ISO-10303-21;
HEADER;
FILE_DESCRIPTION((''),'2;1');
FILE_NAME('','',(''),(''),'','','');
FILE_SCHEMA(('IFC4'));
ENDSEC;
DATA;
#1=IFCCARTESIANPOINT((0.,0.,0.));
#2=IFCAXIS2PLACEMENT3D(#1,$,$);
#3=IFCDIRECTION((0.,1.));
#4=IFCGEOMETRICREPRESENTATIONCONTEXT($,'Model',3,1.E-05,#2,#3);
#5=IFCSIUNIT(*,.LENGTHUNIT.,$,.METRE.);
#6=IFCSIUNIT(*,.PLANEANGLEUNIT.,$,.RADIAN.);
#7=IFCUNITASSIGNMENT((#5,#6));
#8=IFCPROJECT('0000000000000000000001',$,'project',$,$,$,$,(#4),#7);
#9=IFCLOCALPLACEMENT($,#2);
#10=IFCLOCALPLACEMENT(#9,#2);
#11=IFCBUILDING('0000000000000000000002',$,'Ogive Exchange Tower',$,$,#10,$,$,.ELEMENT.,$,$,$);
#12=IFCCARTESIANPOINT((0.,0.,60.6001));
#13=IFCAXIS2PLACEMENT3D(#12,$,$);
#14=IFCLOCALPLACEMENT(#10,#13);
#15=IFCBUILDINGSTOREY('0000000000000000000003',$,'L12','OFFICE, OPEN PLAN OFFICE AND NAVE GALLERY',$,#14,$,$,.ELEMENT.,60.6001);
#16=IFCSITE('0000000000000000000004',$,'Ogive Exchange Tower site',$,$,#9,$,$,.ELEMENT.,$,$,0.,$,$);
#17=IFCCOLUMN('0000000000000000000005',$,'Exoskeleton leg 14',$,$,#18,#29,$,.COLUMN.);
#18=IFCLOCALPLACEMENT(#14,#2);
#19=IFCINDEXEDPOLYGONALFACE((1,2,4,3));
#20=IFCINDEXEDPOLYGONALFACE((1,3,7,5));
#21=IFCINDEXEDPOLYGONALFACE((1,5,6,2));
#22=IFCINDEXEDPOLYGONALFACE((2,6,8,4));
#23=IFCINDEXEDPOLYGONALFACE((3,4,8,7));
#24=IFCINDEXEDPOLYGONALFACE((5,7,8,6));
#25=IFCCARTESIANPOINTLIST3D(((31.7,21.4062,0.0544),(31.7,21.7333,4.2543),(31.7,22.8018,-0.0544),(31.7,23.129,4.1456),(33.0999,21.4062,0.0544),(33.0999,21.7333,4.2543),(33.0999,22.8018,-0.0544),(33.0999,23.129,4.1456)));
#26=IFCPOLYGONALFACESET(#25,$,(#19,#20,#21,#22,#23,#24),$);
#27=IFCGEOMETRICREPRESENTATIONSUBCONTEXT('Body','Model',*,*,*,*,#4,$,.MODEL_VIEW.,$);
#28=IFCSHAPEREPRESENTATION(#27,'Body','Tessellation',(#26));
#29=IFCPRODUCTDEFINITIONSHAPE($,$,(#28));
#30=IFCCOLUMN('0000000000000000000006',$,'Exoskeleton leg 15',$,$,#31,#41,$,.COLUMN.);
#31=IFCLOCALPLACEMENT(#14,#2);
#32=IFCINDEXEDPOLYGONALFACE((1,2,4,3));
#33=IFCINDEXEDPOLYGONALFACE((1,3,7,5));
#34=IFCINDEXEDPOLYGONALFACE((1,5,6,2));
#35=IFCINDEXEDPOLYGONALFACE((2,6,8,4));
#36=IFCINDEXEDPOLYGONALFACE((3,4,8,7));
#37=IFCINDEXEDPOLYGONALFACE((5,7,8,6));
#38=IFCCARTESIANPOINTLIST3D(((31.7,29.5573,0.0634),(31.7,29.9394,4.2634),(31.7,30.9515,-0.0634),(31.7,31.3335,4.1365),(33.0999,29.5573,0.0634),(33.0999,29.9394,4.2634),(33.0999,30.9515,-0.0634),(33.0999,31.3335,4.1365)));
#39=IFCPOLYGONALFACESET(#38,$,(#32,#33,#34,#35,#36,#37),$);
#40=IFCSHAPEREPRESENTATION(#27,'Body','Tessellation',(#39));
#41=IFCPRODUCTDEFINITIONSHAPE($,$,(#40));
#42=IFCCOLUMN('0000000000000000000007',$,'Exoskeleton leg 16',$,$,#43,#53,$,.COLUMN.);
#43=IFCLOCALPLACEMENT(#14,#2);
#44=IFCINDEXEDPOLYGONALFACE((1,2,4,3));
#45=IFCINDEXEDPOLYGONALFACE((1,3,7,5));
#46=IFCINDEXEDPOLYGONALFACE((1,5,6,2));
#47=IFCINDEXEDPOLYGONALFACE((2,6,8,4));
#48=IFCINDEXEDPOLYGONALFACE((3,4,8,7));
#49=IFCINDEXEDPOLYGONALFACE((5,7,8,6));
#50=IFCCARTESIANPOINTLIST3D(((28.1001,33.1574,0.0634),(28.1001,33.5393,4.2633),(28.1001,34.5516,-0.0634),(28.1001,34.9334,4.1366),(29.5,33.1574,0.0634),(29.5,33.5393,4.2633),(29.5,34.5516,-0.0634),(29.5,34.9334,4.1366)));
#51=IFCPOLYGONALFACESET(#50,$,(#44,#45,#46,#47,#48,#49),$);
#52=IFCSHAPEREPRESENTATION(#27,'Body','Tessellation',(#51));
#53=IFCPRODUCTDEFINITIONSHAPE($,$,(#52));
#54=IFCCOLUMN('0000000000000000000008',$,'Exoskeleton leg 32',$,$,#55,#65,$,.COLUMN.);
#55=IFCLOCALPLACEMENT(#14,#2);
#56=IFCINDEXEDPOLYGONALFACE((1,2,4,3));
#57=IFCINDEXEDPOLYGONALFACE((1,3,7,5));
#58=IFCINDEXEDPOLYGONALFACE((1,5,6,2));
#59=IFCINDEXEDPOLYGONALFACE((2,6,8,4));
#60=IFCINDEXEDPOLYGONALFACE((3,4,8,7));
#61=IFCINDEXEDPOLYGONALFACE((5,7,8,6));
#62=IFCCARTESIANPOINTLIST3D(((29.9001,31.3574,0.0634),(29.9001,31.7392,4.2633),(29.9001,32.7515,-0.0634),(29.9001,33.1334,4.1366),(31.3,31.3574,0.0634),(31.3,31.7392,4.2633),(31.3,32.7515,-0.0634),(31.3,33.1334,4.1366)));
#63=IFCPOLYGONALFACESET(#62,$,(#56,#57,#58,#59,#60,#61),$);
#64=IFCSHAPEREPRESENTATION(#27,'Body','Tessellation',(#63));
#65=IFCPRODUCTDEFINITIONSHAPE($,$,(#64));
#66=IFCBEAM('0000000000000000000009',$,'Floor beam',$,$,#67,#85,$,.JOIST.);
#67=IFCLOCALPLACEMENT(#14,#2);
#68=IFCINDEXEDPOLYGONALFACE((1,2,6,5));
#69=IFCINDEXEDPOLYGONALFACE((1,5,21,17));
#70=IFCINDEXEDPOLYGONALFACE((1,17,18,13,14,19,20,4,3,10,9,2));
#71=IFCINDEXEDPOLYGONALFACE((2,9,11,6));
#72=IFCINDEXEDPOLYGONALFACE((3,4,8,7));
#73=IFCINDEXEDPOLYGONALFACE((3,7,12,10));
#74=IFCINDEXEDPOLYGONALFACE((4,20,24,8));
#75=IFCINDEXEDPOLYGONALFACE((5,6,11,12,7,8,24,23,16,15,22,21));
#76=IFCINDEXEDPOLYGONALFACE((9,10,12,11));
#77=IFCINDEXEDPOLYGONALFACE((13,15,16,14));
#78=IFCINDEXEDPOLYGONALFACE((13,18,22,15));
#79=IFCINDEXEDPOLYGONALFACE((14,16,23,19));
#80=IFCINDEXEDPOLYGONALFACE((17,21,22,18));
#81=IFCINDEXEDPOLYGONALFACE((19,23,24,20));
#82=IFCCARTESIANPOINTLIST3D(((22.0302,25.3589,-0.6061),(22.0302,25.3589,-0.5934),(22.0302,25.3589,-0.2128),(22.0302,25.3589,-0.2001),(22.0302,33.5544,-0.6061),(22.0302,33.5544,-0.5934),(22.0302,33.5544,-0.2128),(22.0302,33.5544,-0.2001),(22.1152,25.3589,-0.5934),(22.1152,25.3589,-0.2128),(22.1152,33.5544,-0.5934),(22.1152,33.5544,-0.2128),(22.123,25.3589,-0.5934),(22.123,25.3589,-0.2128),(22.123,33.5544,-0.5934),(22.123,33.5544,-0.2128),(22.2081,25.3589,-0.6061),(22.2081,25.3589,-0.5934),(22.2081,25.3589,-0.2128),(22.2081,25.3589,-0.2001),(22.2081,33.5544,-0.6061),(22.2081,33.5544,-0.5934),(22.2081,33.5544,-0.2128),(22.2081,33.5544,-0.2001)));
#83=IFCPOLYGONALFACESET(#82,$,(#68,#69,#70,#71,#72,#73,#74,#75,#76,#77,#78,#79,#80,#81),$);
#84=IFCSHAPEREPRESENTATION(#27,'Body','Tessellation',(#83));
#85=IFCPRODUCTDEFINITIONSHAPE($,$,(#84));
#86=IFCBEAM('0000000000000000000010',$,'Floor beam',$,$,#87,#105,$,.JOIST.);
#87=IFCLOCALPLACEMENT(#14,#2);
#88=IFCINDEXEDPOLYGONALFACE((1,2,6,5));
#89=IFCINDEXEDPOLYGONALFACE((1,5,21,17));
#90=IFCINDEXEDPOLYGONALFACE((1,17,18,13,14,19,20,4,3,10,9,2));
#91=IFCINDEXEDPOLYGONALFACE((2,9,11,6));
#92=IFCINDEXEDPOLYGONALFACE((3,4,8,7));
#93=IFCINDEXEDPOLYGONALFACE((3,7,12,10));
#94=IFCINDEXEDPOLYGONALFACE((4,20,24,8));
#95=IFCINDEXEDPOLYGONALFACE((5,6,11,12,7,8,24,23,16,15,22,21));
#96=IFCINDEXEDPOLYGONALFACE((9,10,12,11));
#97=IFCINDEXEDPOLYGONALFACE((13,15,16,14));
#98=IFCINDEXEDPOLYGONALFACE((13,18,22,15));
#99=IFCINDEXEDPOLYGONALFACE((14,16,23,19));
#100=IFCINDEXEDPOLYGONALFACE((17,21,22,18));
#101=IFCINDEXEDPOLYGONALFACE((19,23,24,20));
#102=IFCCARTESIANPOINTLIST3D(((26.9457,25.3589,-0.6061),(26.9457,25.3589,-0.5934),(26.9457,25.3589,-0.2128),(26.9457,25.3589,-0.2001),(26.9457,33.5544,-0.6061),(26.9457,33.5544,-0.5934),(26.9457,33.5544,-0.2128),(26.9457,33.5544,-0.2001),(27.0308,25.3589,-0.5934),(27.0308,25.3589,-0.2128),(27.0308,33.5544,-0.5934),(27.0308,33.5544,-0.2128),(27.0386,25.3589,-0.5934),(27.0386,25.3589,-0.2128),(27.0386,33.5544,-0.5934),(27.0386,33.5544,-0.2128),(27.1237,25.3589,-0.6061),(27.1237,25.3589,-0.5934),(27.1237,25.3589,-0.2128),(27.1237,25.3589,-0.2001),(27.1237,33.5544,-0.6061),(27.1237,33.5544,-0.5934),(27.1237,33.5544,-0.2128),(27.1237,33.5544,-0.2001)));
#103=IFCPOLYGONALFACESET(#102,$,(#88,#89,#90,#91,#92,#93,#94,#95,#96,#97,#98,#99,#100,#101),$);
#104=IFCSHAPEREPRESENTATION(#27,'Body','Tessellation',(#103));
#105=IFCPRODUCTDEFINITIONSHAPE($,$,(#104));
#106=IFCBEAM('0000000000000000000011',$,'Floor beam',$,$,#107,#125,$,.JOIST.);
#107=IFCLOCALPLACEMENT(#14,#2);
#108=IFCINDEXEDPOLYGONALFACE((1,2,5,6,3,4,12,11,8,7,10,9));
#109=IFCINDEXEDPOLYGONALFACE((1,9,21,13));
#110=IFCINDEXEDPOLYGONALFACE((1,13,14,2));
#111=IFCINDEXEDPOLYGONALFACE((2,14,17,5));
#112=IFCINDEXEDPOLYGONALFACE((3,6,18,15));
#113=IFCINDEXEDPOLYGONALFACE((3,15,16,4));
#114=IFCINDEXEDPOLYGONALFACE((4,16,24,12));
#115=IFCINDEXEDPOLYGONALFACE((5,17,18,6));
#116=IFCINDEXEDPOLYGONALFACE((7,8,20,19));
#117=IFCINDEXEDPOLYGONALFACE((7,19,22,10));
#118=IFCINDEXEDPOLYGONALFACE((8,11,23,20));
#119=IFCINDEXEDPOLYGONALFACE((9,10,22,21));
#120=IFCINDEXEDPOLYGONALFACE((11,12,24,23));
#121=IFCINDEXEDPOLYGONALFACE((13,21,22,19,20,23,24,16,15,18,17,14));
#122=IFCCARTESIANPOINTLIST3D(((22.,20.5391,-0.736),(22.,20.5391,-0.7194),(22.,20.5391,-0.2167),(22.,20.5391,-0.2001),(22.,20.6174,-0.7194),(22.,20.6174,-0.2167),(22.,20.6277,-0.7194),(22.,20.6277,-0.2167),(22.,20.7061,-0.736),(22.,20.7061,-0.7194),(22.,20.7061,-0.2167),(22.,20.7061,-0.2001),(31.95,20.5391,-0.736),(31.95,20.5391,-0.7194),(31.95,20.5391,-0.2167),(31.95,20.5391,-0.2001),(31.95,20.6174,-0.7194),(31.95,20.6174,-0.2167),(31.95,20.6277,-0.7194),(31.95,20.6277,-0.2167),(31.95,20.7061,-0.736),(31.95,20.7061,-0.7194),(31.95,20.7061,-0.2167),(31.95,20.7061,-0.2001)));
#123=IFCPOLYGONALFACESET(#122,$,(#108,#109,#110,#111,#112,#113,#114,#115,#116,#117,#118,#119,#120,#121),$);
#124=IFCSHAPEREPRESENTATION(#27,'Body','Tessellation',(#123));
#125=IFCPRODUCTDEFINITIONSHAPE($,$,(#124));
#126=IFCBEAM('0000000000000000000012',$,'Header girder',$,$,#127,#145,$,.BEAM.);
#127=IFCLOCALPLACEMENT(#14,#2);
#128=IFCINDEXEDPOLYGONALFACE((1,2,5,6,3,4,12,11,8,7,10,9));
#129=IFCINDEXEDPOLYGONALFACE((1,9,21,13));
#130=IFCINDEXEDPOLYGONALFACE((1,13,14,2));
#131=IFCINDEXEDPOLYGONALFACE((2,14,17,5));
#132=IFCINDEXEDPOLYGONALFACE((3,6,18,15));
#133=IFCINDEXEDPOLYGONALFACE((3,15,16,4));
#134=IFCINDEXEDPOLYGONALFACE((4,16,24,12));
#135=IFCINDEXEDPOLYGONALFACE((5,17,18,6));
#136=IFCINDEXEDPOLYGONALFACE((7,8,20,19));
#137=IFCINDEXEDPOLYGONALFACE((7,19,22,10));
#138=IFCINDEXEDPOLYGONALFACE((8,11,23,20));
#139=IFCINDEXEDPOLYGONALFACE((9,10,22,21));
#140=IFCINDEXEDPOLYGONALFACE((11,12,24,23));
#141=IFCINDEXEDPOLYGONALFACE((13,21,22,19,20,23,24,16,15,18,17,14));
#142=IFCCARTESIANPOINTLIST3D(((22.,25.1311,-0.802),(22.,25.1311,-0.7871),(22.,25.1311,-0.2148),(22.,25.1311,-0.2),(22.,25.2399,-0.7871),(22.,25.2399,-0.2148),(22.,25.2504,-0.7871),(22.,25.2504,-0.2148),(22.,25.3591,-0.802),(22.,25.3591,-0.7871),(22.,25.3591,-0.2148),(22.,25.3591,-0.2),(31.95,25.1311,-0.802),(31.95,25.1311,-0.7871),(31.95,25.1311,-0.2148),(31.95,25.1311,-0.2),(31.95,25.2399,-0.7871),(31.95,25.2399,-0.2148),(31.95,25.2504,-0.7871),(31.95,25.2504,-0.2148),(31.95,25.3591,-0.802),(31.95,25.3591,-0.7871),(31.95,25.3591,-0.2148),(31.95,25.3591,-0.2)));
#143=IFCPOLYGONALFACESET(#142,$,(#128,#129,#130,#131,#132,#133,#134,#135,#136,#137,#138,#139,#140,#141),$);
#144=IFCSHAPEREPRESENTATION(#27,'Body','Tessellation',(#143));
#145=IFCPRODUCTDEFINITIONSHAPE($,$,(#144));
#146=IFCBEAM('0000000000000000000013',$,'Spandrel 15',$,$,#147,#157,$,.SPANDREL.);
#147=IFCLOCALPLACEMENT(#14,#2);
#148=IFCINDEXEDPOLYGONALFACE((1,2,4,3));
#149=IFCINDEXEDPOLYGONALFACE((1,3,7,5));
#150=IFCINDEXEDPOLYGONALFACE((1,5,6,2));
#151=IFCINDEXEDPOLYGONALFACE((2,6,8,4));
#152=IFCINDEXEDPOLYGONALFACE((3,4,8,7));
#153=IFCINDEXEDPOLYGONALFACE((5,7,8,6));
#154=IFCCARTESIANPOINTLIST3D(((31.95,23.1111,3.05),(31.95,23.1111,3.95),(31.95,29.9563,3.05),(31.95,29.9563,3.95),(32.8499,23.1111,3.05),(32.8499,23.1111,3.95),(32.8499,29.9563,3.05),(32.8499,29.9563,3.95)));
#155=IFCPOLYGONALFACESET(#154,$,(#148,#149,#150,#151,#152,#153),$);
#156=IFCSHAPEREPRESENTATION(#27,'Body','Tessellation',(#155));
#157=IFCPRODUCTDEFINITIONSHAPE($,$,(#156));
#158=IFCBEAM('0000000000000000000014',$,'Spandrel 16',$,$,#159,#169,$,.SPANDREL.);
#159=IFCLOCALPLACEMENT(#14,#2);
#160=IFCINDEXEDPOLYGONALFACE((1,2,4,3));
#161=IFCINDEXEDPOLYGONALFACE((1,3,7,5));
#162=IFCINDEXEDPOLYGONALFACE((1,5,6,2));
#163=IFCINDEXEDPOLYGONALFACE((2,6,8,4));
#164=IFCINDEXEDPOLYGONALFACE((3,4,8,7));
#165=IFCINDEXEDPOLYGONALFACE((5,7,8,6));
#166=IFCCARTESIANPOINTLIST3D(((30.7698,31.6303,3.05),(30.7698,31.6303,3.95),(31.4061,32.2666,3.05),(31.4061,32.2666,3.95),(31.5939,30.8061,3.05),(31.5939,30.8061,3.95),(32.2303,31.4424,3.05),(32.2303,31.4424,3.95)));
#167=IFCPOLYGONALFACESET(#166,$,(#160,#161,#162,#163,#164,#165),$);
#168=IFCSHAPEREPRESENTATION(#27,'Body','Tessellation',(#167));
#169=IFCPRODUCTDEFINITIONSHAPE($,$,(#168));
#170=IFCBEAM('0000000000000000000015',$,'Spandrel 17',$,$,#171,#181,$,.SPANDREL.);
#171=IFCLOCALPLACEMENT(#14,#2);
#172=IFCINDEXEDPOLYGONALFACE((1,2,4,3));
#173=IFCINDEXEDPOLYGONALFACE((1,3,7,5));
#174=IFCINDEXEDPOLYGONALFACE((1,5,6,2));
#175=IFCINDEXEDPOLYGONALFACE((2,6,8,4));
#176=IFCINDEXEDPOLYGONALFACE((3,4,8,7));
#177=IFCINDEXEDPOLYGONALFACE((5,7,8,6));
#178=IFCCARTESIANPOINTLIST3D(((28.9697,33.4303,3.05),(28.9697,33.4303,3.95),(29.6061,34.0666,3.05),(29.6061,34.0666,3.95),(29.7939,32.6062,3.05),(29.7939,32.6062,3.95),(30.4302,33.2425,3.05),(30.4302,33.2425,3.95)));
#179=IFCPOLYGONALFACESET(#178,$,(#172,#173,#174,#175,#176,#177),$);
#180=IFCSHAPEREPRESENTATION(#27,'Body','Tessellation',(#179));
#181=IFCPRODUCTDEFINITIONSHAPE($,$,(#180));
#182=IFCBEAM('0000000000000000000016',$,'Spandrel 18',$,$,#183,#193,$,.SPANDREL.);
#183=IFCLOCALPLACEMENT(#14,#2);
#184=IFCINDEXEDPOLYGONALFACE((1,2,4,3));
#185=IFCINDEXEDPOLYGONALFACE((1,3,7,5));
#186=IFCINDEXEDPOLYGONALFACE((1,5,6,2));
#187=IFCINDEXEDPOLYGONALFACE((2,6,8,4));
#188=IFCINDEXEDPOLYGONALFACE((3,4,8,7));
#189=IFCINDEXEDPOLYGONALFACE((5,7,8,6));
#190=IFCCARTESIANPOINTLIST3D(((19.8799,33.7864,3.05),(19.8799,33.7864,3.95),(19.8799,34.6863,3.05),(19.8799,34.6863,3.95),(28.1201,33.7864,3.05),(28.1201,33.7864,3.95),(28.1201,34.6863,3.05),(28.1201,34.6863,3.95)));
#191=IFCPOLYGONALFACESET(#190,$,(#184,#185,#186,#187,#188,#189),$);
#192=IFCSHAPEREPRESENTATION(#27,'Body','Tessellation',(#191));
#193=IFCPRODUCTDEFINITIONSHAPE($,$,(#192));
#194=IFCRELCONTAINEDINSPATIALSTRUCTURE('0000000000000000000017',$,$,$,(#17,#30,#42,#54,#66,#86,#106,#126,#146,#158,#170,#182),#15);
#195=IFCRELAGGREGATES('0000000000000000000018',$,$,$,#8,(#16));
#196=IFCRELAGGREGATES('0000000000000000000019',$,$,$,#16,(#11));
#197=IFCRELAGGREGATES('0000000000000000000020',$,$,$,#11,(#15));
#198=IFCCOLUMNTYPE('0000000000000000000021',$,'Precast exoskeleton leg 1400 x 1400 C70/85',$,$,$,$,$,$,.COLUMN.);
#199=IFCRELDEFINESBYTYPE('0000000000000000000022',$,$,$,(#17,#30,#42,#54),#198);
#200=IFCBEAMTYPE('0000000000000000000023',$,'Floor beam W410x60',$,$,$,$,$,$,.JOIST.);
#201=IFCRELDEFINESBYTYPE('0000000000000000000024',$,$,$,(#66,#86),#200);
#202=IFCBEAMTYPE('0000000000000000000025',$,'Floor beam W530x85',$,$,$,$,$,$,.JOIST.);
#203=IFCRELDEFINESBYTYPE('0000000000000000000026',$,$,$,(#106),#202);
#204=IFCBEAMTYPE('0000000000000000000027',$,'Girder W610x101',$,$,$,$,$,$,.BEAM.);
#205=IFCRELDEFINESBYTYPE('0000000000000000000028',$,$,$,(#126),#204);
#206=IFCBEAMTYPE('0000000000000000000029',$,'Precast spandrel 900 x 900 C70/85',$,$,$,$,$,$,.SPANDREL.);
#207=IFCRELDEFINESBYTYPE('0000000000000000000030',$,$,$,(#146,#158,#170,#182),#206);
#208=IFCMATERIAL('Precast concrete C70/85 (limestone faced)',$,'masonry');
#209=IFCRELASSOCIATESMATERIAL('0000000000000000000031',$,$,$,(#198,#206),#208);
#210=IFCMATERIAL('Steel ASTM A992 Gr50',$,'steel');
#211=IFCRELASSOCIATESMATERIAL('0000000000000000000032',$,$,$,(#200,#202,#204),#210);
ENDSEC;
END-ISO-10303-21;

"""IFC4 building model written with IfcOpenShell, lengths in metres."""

from ifc_helpers import new_model, si_unit, direction, frame, origin, origin_2d, place, context, subcontext, project, spatial, rectangle, i_section, extrude, material, material_profile, profile_set, type_object, element, save


model = new_model("IFC4")

# Units and contexts
model_context = context("Model", 3, precision=1e-05, world=origin(), true_north=direction((0.0, 1.0)))
body_context = subcontext(model_context, "Body", "Model", "MODEL_VIEW")
ifc_project = project(units=[si_unit("LENGTHUNIT", "METRE"), si_unit("PLANEANGLEUNIT", "RADIAN")], contexts=[model_context])

# Site, building, storey
site_placement = place(None, origin())
site = spatial("IfcSite", under=ifc_project, at=site_placement, Name="Ogive Exchange Tower site", CompositionType="ELEMENT", RefElevation=0.0)
building_placement = place(site_placement, origin())
building = spatial("IfcBuilding", under=site, at=building_placement, Name="Ogive Exchange Tower", CompositionType="ELEMENT")
storey_placement = place(building_placement, frame((0.0, 0.0, 60.6001)))
storey = spatial("IfcBuildingStorey", under=building, at=storey_placement, Name="L12", Description="OFFICE, OPEN PLAN OFFICE AND NAVE GALLERY", CompositionType="ELEMENT", Elevation=60.6001)

# Columns
ifc_material_1 = material(Name="Precast concrete C70/85 (limestone faced)", Category="masonry")
ifc_material_profile_1 = material_profile(ifc_material_1, rectangle(XDim=1.3999, YDim=1.3999, at=origin_2d()), Name="1400 x 1400")
ifc_profile_set_1 = profile_set([ifc_material_profile_1], Name="Precast concrete C70/85 (limestone faced)")
column_type = type_object("IfcColumnType", Name="Precast exoskeleton leg 1400 x 1400 C70/85", PredefinedType="COLUMN", material=ifc_profile_set_1)
column_placement = place(storey_placement, frame((32.3999, 22.104, 0.0), z_axis=(0.0, 0.077658, 0.99698), x_axis=(-1.0, 0.0, 0.0)))
element("IfcColumn", 1, at=column_placement, inside=storey, type_object=column_type, Name="Exoskeleton leg 14", PredefinedType="COLUMN", context=body_context, shape_type="SweptSolid", body=[
    extrude(rectangle(XDim=1.3999, YDim=1.3999, at=origin_2d()), origin(), (0.0, 0.0, 1.0), 4.2126),
])
for number, where, z_axis, x_axis, name in (
    (2, (32.3999, 30.2544, 0.0), (0.0, 0.090598, 0.995888), (-1.0, 0.0, 0.0), "Exoskeleton leg 15"),
    (3, (28.8, 33.8545, 0.0), (0.0, 0.090541, 0.995893), (-1.0, 0.0, 0.0), "Exoskeleton leg 16"),
    (4, (30.6001, 32.0544, 0.0), (0.0, 0.090541, 0.995893), (-1.0, 0.0, 0.0), "Exoskeleton leg 32"),
):
    element("IfcColumn", number, at=place(storey_placement, frame(where, z_axis=z_axis, x_axis=x_axis)), inside=storey, type_object=column_type, Name=name, PredefinedType="COLUMN", context=body_context, shape_type="SweptSolid", body=[
        extrude(rectangle(XDim=1.3999, YDim=1.3999, at=origin_2d()), origin(), (0.0, 0.0, 1.0), 4.2173),
    ])

# Beams
ifc_material_2 = material(Name="Steel ASTM A992 Gr50", Category="steel")
ifc_material_profile_2 = material_profile(ifc_material_2, i_section(OverallWidth=0.178, OverallDepth=0.406, WebThickness=0.0078, FlangeThickness=0.0127, at=origin_2d()), Name="W410x60")
ifc_profile_set_2 = profile_set([ifc_material_profile_2], Name="Steel ASTM A992 Gr50")
beam_type_1 = type_object("IfcBeamType", Name="Floor beam W410x60", PredefinedType="JOIST", material=ifc_profile_set_2)
for number, where, z_axis, x_axis, name in (
    (5, (22.1191, 25.3589, -0.4031), (0.0, 1.0, 0.0), (-1.0, 0.0, 0.0), "Floor beam"),
    (6, (27.0347, 25.3589, -0.4031), (0.0, 1.0, 0.0), (-1.0, 0.0, 0.0), "Floor beam"),
):
    element("IfcBeam", number, at=place(storey_placement, frame(where, z_axis=z_axis, x_axis=x_axis)), inside=storey, type_object=beam_type_1, Name=name, PredefinedType="JOIST", context=body_context, shape_type="SweptSolid", body=[
        extrude(i_section(OverallWidth=0.178, OverallDepth=0.406, WebThickness=0.0078, FlangeThickness=0.0127, at=origin_2d()), origin(), (0.0, 0.0, 1.0), 8.1956),
    ])
ifc_material_profile_3 = material_profile(ifc_material_2, i_section(OverallWidth=0.167, OverallDepth=0.5359, WebThickness=0.0103, FlangeThickness=0.0166, at=origin_2d()), Name="W530x85")
ifc_profile_set_3 = profile_set([ifc_material_profile_3], Name="Steel ASTM A992 Gr50")
beam_type_2 = type_object("IfcBeamType", Name="Floor beam W530x85", PredefinedType="JOIST", material=ifc_profile_set_3)
beam_1_placement = place(storey_placement, frame((22.0, 20.6226, -0.468), z_axis=(1.0, 0.0, 0.0), x_axis=(0.0, 1.0, 0.0)))
element("IfcBeam", 7, at=beam_1_placement, inside=storey, type_object=beam_type_2, Name="Floor beam", PredefinedType="JOIST", context=body_context, shape_type="SweptSolid", body=[
    extrude(i_section(OverallWidth=0.167, OverallDepth=0.5359, WebThickness=0.0103, FlangeThickness=0.0166, at=origin_2d()), origin(), (0.0, 0.0, 1.0), 9.95),
])
ifc_material_profile_4 = material_profile(ifc_material_2, i_section(OverallWidth=0.228, OverallDepth=0.6021, WebThickness=0.0105, FlangeThickness=0.0149, at=origin_2d()), Name="W610x101")
ifc_profile_set_4 = profile_set([ifc_material_profile_4], Name="Steel ASTM A992 Gr50")
beam_type_3 = type_object("IfcBeamType", Name="Girder W610x101", PredefinedType="BEAM", material=ifc_profile_set_4)
beam_2_placement = place(storey_placement, frame((22.0, 25.2451, -0.501), z_axis=(1.0, 0.0, 0.0), x_axis=(0.0, 1.0, 0.0)))
element("IfcBeam", 8, at=beam_2_placement, inside=storey, type_object=beam_type_3, Name="Header girder", PredefinedType="BEAM", context=body_context, shape_type="SweptSolid", body=[
    extrude(i_section(OverallWidth=0.228, OverallDepth=0.6021, WebThickness=0.0105, FlangeThickness=0.0149, at=origin_2d()), origin(), (0.0, 0.0, 1.0), 9.95),
])
ifc_material_profile_5 = material_profile(ifc_material_1, rectangle(XDim=0.8999, YDim=0.8999, at=origin_2d()), Name="900 x 900")
ifc_profile_set_5 = profile_set([ifc_material_profile_5], Name="Precast concrete C70/85 (limestone faced)")
beam_type_4 = type_object("IfcBeamType", Name="Precast spandrel 900 x 900 C70/85", PredefinedType="SPANDREL", material=ifc_profile_set_5)
beam_3_placement = place(storey_placement, frame((32.3999, 23.1111, 3.5), z_axis=(0.0, 1.0, 0.0), x_axis=(-1.0, 0.0, 0.0)))
element("IfcBeam", 9, at=beam_3_placement, inside=storey, type_object=beam_type_4, Name="Spandrel 15", PredefinedType="SPANDREL", context=body_context, shape_type="SweptSolid", body=[
    extrude(rectangle(XDim=0.8999, YDim=0.8999, at=origin_2d()), origin(), (0.0, 0.0, 1.0), 6.8452),
])
for number, where, z_axis, x_axis, name in (
    (10, (31.9121, 31.1243, 3.5), (-0.707107, 0.707107, 0.0), (-0.707107, -0.707107, 0.0), "Spandrel 16"),
    (11, (30.1121, 32.9243, 3.5), (-0.707107, 0.707107, 0.0), (-0.707107, -0.707107, 0.0), "Spandrel 17"),
):
    element("IfcBeam", number, at=place(storey_placement, frame(where, z_axis=z_axis, x_axis=x_axis)), inside=storey, type_object=beam_type_4, Name=name, PredefinedType="SPANDREL", context=body_context, shape_type="SweptSolid", body=[
        extrude(rectangle(XDim=0.8999, YDim=0.8999, at=origin_2d()), origin(), (0.0, 0.0, 1.0), 1.1655),
    ])
beam_4_placement = place(storey_placement, frame((28.1201, 34.2363, 3.5), z_axis=(-1.0, 0.0, 0.0), x_axis=(0.0, -1.0, 0.0)))
element("IfcBeam", 12, at=beam_4_placement, inside=storey, type_object=beam_type_4, Name="Spandrel 18", PredefinedType="SPANDREL", context=body_context, shape_type="SweptSolid", body=[
    extrude(rectangle(XDim=0.8999, YDim=0.8999, at=origin_2d()), origin(), (0.0, 0.0, 1.0), 8.2402),
])

save(model, "model.ifc")
